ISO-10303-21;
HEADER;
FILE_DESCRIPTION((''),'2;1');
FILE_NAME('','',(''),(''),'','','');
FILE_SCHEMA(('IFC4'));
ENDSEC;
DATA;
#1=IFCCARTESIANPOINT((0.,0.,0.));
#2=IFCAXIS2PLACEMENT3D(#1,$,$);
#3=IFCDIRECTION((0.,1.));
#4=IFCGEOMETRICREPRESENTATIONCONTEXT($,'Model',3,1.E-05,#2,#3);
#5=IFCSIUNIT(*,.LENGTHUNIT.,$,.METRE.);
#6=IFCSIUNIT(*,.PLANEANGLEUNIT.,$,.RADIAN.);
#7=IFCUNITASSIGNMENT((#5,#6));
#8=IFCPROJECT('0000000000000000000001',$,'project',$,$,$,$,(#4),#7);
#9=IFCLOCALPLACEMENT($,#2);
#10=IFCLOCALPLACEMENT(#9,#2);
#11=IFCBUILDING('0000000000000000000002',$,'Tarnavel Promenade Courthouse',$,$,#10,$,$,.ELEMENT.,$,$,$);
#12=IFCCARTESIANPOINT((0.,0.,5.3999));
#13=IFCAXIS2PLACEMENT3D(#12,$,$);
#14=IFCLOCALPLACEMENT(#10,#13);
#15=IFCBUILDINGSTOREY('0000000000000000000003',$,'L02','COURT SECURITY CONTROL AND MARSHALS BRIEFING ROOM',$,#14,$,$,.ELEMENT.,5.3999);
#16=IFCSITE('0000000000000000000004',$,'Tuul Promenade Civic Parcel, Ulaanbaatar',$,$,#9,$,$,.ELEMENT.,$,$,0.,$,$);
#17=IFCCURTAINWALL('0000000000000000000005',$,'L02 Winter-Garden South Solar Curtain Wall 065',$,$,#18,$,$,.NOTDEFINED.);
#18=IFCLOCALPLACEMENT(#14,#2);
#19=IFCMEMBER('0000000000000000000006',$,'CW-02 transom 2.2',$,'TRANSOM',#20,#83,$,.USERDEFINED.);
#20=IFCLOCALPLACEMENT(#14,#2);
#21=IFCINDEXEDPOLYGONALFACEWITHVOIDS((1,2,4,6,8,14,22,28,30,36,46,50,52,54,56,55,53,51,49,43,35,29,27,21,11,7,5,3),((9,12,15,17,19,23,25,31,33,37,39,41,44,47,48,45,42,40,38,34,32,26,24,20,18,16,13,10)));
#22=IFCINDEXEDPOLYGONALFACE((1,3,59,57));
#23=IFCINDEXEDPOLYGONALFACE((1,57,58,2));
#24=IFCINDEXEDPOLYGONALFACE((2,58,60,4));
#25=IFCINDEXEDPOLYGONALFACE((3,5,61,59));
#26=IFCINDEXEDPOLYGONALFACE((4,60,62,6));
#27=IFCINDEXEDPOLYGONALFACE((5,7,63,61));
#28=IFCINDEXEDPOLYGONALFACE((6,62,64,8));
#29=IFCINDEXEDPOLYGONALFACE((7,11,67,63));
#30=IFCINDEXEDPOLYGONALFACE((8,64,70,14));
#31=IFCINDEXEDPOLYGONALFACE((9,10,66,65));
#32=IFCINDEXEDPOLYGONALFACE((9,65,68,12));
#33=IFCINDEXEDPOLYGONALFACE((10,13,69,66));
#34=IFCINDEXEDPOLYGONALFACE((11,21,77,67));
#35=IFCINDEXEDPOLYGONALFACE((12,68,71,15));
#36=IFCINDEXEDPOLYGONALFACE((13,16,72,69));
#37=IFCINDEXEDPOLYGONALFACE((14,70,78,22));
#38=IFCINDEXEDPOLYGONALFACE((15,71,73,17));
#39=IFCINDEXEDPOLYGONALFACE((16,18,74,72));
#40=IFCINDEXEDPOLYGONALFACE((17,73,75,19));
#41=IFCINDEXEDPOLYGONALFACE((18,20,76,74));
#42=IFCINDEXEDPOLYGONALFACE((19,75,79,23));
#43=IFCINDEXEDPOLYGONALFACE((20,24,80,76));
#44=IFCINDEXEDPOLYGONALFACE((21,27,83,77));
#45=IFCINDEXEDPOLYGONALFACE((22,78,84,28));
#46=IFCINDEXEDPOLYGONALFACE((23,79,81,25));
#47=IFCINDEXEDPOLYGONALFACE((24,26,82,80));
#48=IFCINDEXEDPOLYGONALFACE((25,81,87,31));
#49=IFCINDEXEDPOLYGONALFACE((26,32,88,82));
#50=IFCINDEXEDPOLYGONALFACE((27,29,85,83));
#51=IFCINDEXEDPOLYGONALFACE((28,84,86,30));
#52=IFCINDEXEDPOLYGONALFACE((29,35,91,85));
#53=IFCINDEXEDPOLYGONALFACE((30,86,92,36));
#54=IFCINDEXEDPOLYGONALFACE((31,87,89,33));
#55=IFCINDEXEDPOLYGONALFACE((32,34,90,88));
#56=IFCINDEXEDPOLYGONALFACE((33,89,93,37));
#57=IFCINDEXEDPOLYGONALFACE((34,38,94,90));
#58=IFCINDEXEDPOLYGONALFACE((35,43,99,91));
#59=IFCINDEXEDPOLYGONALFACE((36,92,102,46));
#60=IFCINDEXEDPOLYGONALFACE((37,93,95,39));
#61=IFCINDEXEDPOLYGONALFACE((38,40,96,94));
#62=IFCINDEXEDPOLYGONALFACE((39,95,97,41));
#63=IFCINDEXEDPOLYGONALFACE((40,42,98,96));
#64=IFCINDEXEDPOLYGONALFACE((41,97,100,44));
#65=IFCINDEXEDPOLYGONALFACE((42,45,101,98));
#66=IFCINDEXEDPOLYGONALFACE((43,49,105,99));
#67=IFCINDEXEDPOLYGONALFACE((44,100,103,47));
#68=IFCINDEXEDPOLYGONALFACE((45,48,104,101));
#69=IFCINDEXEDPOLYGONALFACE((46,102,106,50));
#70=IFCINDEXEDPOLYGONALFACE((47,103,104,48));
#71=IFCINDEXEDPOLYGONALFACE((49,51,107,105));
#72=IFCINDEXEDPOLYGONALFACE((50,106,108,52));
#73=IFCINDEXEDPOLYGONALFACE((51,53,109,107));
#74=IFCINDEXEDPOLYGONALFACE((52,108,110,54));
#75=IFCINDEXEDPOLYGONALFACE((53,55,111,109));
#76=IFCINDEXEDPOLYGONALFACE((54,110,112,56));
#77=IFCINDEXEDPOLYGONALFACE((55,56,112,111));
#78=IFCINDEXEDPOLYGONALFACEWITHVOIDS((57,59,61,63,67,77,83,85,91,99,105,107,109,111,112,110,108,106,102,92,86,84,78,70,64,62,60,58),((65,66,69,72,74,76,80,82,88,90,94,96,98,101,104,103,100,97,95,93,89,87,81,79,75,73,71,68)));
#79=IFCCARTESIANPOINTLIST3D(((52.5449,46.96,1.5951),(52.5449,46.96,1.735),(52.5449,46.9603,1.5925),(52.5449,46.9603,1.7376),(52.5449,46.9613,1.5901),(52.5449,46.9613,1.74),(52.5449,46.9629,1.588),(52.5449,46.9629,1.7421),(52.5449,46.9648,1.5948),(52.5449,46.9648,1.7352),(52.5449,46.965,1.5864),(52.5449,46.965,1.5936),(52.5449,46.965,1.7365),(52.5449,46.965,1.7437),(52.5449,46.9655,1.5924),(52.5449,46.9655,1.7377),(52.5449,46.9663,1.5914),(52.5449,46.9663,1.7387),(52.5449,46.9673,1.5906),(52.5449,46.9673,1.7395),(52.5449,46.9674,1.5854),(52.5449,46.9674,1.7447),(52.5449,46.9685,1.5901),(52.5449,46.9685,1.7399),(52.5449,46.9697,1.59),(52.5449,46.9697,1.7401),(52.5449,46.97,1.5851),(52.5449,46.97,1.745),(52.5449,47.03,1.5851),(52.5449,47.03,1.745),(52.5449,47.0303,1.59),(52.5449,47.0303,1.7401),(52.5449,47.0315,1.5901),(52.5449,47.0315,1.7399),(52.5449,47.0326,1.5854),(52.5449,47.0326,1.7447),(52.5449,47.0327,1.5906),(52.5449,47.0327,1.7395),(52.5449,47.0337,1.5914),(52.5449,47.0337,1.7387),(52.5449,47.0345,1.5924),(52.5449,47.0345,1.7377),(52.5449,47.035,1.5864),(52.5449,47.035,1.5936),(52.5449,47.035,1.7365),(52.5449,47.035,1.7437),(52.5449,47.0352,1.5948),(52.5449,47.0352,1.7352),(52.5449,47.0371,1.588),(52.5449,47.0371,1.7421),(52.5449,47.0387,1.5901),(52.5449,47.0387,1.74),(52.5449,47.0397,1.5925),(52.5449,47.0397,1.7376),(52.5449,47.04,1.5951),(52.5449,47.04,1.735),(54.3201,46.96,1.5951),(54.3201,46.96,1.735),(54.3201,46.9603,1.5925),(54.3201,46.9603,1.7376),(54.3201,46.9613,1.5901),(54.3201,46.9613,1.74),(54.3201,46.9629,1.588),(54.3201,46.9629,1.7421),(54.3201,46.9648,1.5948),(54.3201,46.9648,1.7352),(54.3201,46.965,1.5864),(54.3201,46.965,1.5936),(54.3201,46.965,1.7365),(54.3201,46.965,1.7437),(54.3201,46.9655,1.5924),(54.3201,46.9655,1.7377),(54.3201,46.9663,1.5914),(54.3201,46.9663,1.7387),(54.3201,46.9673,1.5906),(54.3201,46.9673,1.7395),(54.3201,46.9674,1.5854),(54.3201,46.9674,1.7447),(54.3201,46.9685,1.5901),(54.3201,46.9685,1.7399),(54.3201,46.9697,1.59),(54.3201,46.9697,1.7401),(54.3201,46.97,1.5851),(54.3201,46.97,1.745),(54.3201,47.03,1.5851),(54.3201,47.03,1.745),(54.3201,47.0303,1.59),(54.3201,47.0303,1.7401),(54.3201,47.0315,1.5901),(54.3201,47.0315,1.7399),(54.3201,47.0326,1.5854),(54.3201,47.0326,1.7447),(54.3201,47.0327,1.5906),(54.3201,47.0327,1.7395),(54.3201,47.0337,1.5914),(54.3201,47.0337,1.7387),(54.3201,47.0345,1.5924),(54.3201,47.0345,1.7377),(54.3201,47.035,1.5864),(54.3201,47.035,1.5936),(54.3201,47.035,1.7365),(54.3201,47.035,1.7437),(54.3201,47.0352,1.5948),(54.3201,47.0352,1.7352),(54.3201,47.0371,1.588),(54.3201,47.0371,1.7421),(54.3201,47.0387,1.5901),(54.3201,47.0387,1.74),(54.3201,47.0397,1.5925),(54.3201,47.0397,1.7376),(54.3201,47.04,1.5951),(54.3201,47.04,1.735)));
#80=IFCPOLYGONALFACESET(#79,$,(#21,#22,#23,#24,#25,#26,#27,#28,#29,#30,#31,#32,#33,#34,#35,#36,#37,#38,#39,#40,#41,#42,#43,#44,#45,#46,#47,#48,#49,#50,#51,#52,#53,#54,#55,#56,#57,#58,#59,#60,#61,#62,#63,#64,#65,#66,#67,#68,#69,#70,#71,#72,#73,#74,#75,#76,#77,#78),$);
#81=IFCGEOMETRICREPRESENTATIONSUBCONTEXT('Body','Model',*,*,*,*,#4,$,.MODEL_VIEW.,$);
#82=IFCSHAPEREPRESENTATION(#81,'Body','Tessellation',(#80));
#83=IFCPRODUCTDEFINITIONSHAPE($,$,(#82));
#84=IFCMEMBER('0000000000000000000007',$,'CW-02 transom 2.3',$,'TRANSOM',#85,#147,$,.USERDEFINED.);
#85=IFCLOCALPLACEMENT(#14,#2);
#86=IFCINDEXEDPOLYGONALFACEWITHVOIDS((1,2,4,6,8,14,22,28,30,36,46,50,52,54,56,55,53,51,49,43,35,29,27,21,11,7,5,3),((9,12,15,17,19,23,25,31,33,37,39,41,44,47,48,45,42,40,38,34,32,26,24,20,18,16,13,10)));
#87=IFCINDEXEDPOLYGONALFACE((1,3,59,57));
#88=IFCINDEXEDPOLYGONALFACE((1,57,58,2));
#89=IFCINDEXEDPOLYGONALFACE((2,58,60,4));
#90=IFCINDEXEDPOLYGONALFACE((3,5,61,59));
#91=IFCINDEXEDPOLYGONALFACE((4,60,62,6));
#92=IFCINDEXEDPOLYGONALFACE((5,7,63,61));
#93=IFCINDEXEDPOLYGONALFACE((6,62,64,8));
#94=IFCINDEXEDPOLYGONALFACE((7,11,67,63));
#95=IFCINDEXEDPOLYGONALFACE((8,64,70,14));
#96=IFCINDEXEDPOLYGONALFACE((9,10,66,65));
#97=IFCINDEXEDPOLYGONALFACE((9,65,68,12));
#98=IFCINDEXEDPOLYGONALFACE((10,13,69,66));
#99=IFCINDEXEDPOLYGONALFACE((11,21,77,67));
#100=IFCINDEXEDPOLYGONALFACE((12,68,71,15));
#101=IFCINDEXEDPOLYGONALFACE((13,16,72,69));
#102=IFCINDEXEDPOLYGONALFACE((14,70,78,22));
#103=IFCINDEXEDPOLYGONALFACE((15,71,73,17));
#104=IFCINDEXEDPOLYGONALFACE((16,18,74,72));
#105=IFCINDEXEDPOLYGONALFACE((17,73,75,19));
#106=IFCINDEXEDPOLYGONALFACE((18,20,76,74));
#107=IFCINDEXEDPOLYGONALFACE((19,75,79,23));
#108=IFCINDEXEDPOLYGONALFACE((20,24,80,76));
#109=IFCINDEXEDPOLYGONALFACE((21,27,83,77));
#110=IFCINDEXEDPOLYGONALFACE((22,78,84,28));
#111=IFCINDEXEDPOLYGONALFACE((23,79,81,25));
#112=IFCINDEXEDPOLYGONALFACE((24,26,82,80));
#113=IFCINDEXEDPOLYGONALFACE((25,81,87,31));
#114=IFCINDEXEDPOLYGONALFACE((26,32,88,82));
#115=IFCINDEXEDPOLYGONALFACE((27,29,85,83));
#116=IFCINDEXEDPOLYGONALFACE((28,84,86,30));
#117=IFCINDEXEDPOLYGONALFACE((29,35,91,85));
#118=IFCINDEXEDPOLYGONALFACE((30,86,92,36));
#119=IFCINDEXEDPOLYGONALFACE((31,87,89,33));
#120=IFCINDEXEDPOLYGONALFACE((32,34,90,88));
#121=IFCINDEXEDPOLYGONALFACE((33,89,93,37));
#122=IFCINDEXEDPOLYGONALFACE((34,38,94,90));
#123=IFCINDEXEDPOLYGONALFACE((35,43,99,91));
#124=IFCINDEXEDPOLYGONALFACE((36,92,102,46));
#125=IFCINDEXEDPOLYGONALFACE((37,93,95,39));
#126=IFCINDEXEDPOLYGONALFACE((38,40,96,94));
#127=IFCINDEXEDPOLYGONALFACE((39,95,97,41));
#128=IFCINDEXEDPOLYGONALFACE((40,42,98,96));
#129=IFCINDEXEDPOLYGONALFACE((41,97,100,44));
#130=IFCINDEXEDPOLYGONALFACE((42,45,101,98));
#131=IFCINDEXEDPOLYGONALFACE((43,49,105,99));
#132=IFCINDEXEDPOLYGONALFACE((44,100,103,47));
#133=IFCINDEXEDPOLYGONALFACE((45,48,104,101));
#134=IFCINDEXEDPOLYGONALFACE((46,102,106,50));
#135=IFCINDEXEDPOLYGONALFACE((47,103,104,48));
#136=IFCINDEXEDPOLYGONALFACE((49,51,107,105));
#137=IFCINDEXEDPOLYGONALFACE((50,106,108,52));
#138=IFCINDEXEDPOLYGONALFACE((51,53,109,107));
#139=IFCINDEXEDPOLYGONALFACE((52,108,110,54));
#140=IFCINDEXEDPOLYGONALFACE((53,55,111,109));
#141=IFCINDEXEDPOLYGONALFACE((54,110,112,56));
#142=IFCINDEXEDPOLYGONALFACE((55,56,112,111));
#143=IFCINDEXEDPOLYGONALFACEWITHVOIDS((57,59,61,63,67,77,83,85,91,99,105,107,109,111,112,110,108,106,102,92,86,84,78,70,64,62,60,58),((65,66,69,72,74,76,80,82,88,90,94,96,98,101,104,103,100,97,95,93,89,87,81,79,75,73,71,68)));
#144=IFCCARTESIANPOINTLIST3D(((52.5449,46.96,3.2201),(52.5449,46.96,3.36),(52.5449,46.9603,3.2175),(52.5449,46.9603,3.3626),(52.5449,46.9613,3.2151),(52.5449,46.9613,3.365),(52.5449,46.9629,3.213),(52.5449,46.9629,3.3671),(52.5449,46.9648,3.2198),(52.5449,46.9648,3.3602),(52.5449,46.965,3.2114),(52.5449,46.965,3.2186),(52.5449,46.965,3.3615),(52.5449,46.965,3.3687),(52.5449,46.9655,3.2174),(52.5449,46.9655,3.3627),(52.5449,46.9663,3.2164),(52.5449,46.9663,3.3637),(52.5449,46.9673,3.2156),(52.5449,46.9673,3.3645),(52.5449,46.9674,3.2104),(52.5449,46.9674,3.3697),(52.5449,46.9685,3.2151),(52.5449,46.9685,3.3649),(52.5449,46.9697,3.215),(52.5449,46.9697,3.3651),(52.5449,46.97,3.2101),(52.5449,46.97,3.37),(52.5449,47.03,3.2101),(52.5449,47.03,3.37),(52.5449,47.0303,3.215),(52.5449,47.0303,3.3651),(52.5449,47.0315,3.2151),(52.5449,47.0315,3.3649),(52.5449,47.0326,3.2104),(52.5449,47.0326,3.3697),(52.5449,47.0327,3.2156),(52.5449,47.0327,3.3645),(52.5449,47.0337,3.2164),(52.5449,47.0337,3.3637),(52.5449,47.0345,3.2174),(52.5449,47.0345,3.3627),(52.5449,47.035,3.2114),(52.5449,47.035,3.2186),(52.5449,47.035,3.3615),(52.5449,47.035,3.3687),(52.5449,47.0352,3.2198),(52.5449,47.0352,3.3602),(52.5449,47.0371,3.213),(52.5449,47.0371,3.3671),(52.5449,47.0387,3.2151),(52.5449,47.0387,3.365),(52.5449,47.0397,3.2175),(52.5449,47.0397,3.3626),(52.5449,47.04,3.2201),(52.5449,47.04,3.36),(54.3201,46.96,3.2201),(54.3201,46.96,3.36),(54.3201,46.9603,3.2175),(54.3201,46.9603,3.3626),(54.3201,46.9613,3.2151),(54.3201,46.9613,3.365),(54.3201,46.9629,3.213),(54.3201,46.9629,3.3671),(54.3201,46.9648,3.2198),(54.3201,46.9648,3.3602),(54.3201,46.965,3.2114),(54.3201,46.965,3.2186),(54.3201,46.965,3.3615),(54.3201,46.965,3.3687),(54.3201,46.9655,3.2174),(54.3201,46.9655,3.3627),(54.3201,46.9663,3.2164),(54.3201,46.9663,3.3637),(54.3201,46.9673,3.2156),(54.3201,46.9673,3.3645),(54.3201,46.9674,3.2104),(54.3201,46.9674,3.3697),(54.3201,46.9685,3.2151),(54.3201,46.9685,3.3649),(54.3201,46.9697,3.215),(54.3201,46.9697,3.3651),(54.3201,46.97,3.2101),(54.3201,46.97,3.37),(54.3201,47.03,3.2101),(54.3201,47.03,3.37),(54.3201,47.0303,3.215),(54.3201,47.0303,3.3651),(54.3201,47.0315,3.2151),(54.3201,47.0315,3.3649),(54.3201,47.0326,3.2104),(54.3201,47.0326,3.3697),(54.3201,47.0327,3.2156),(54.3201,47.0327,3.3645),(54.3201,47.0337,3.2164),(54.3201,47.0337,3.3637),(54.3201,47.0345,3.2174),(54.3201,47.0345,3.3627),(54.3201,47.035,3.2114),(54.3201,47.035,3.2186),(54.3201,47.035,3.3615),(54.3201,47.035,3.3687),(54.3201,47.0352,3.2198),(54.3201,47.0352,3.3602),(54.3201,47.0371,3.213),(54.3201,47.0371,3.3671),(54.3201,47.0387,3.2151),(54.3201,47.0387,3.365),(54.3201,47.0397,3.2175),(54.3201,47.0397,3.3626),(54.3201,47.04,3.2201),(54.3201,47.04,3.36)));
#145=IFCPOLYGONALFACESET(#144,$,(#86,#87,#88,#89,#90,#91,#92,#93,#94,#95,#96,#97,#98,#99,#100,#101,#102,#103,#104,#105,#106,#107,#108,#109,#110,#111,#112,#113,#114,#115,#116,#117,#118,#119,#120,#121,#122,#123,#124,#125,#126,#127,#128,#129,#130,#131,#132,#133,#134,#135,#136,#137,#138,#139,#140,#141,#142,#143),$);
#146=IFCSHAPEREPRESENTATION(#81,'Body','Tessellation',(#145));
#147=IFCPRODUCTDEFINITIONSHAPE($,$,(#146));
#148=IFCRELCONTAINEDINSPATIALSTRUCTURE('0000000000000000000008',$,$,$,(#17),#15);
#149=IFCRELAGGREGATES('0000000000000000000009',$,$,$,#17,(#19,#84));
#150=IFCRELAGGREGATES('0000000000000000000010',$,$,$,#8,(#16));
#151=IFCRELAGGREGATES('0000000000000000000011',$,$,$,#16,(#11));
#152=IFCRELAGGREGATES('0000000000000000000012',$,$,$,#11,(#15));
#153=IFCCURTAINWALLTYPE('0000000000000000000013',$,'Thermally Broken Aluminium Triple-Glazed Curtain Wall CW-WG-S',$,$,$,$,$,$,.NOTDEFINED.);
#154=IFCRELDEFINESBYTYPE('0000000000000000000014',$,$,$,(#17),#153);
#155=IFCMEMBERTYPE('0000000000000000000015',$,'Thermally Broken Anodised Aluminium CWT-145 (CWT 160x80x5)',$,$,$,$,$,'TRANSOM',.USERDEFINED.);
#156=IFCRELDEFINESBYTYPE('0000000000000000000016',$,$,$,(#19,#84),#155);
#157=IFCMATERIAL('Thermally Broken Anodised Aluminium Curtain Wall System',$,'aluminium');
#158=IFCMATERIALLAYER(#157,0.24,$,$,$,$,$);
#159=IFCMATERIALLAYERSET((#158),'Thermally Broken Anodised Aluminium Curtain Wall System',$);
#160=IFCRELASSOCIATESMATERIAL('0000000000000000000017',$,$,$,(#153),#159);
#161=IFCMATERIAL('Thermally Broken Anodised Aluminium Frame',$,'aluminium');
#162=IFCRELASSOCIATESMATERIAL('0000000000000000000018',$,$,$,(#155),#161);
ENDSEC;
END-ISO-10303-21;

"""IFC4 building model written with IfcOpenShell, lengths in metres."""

from ifc_helpers import new_model, si_unit, direction, frame, origin, origin_2d, place, context, subcontext, project, spatial, hollow_rectangle, extrude, material, layer, layer_set, material_profile, profile_set, type_object, element, aggregate, save


model = new_model("IFC4")

# Units and contexts
model_context = context("Model", 3, precision=1e-05, world=origin(), true_north=direction((0.0, 1.0)))
body_context = subcontext(model_context, "Body", "Model", "MODEL_VIEW")
ifc_project = project(units=[si_unit("LENGTHUNIT", "METRE"), si_unit("PLANEANGLEUNIT", "RADIAN")], contexts=[model_context])

# Site, building, storey
site_placement = place(None, origin())
site = spatial("IfcSite", under=ifc_project, at=site_placement, Name="Tuul Promenade Civic Parcel, Ulaanbaatar", CompositionType="ELEMENT", RefElevation=0.0)
building_placement = place(site_placement, origin())
building = spatial("IfcBuilding", under=site, at=building_placement, Name="Tarnavel Promenade Courthouse", CompositionType="ELEMENT")
storey_placement = place(building_placement, frame((0.0, 0.0, 5.3999)))
storey = spatial("IfcBuildingStorey", under=building, at=storey_placement, Name="L02", Description="COURT SECURITY CONTROL AND MARSHALS BRIEFING ROOM", CompositionType="ELEMENT", Elevation=5.3999)

# Curtain wall
ifc_material_1 = material(Name="Thermally Broken Anodised Aluminium Curtain Wall System", Category="aluminium")
ifc_layer_1 = layer(ifc_material_1, 0.24)
ifc_layer_set_1 = layer_set([ifc_layer_1], Name="Thermally Broken Anodised Aluminium Curtain Wall System")
curtain_wall_type = type_object("IfcCurtainWallType", Name="Thermally Broken Aluminium Triple-Glazed Curtain Wall CW-WG-S", PredefinedType="NOTDEFINED", material=ifc_layer_set_1)
curtain_wall_1_placement = place(storey_placement, origin())
curtain_wall_1 = element("IfcCurtainWall", 1, at=curtain_wall_1_placement, inside=storey, type_object=curtain_wall_type, Name="L02 Winter-Garden South Solar Curtain Wall 065", PredefinedType="NOTDEFINED")
ifc_material_2 = material(Name="Thermally Broken Anodised Aluminium Frame", Category="aluminium")

# Members
ifc_material_profile_1 = material_profile(ifc_material_2, hollow_rectangle(XDim=0.0801, YDim=0.1599, WallThickness=0.0049, InnerFilletRadius=0.0049, OuterFilletRadius=0.01, at=origin_2d()), Name="CWT 160x80x5")
ifc_profile_set_1 = profile_set([ifc_material_profile_1], Name="Thermally Broken Anodised Aluminium Frame")
member_type_1 = type_object("IfcMemberType", Name="Thermally Broken Anodised Aluminium CWT-145 (CWT 160x80x5)", ElementType="TRANSOM", PredefinedType="USERDEFINED", material=ifc_profile_set_1)
member_1_placement = place(storey_placement, frame((52.5449, 47.0, 1.665), z_axis=(1.0, 0.0, 0.0), x_axis=(0.0, 1.0, 0.0)))
member_1 = element("IfcMember", 2, at=member_1_placement, type_object=member_type_1, Name="CW-02 transom 2.2", ObjectType="TRANSOM", PredefinedType="USERDEFINED", context=body_context, shape_type="SweptSolid", body=[
    extrude(hollow_rectangle(XDim=0.0801, YDim=0.1599, WallThickness=0.0049, InnerFilletRadius=0.0049, OuterFilletRadius=0.01, at=origin_2d()), origin(), (0.0, 0.0, 1.0), 1.7751),
])
member_2_placement = place(storey_placement, frame((52.5449, 47.0, 3.29), z_axis=(1.0, 0.0, 0.0), x_axis=(0.0, 1.0, 0.0)))
member_2 = element("IfcMember", 3, at=member_2_placement, type_object=member_type_1, Name="CW-02 transom 2.3", ObjectType="TRANSOM", PredefinedType="USERDEFINED", context=body_context, shape_type="SweptSolid", body=[
    extrude(hollow_rectangle(XDim=0.0801, YDim=0.1599, WallThickness=0.0049, InnerFilletRadius=0.0049, OuterFilletRadius=0.01, at=origin_2d()), origin(), (0.0, 0.0, 1.0), 1.7751),
])

aggregate(curtain_wall_1, [member_1, member_2])

save(model, "model.ifc")
